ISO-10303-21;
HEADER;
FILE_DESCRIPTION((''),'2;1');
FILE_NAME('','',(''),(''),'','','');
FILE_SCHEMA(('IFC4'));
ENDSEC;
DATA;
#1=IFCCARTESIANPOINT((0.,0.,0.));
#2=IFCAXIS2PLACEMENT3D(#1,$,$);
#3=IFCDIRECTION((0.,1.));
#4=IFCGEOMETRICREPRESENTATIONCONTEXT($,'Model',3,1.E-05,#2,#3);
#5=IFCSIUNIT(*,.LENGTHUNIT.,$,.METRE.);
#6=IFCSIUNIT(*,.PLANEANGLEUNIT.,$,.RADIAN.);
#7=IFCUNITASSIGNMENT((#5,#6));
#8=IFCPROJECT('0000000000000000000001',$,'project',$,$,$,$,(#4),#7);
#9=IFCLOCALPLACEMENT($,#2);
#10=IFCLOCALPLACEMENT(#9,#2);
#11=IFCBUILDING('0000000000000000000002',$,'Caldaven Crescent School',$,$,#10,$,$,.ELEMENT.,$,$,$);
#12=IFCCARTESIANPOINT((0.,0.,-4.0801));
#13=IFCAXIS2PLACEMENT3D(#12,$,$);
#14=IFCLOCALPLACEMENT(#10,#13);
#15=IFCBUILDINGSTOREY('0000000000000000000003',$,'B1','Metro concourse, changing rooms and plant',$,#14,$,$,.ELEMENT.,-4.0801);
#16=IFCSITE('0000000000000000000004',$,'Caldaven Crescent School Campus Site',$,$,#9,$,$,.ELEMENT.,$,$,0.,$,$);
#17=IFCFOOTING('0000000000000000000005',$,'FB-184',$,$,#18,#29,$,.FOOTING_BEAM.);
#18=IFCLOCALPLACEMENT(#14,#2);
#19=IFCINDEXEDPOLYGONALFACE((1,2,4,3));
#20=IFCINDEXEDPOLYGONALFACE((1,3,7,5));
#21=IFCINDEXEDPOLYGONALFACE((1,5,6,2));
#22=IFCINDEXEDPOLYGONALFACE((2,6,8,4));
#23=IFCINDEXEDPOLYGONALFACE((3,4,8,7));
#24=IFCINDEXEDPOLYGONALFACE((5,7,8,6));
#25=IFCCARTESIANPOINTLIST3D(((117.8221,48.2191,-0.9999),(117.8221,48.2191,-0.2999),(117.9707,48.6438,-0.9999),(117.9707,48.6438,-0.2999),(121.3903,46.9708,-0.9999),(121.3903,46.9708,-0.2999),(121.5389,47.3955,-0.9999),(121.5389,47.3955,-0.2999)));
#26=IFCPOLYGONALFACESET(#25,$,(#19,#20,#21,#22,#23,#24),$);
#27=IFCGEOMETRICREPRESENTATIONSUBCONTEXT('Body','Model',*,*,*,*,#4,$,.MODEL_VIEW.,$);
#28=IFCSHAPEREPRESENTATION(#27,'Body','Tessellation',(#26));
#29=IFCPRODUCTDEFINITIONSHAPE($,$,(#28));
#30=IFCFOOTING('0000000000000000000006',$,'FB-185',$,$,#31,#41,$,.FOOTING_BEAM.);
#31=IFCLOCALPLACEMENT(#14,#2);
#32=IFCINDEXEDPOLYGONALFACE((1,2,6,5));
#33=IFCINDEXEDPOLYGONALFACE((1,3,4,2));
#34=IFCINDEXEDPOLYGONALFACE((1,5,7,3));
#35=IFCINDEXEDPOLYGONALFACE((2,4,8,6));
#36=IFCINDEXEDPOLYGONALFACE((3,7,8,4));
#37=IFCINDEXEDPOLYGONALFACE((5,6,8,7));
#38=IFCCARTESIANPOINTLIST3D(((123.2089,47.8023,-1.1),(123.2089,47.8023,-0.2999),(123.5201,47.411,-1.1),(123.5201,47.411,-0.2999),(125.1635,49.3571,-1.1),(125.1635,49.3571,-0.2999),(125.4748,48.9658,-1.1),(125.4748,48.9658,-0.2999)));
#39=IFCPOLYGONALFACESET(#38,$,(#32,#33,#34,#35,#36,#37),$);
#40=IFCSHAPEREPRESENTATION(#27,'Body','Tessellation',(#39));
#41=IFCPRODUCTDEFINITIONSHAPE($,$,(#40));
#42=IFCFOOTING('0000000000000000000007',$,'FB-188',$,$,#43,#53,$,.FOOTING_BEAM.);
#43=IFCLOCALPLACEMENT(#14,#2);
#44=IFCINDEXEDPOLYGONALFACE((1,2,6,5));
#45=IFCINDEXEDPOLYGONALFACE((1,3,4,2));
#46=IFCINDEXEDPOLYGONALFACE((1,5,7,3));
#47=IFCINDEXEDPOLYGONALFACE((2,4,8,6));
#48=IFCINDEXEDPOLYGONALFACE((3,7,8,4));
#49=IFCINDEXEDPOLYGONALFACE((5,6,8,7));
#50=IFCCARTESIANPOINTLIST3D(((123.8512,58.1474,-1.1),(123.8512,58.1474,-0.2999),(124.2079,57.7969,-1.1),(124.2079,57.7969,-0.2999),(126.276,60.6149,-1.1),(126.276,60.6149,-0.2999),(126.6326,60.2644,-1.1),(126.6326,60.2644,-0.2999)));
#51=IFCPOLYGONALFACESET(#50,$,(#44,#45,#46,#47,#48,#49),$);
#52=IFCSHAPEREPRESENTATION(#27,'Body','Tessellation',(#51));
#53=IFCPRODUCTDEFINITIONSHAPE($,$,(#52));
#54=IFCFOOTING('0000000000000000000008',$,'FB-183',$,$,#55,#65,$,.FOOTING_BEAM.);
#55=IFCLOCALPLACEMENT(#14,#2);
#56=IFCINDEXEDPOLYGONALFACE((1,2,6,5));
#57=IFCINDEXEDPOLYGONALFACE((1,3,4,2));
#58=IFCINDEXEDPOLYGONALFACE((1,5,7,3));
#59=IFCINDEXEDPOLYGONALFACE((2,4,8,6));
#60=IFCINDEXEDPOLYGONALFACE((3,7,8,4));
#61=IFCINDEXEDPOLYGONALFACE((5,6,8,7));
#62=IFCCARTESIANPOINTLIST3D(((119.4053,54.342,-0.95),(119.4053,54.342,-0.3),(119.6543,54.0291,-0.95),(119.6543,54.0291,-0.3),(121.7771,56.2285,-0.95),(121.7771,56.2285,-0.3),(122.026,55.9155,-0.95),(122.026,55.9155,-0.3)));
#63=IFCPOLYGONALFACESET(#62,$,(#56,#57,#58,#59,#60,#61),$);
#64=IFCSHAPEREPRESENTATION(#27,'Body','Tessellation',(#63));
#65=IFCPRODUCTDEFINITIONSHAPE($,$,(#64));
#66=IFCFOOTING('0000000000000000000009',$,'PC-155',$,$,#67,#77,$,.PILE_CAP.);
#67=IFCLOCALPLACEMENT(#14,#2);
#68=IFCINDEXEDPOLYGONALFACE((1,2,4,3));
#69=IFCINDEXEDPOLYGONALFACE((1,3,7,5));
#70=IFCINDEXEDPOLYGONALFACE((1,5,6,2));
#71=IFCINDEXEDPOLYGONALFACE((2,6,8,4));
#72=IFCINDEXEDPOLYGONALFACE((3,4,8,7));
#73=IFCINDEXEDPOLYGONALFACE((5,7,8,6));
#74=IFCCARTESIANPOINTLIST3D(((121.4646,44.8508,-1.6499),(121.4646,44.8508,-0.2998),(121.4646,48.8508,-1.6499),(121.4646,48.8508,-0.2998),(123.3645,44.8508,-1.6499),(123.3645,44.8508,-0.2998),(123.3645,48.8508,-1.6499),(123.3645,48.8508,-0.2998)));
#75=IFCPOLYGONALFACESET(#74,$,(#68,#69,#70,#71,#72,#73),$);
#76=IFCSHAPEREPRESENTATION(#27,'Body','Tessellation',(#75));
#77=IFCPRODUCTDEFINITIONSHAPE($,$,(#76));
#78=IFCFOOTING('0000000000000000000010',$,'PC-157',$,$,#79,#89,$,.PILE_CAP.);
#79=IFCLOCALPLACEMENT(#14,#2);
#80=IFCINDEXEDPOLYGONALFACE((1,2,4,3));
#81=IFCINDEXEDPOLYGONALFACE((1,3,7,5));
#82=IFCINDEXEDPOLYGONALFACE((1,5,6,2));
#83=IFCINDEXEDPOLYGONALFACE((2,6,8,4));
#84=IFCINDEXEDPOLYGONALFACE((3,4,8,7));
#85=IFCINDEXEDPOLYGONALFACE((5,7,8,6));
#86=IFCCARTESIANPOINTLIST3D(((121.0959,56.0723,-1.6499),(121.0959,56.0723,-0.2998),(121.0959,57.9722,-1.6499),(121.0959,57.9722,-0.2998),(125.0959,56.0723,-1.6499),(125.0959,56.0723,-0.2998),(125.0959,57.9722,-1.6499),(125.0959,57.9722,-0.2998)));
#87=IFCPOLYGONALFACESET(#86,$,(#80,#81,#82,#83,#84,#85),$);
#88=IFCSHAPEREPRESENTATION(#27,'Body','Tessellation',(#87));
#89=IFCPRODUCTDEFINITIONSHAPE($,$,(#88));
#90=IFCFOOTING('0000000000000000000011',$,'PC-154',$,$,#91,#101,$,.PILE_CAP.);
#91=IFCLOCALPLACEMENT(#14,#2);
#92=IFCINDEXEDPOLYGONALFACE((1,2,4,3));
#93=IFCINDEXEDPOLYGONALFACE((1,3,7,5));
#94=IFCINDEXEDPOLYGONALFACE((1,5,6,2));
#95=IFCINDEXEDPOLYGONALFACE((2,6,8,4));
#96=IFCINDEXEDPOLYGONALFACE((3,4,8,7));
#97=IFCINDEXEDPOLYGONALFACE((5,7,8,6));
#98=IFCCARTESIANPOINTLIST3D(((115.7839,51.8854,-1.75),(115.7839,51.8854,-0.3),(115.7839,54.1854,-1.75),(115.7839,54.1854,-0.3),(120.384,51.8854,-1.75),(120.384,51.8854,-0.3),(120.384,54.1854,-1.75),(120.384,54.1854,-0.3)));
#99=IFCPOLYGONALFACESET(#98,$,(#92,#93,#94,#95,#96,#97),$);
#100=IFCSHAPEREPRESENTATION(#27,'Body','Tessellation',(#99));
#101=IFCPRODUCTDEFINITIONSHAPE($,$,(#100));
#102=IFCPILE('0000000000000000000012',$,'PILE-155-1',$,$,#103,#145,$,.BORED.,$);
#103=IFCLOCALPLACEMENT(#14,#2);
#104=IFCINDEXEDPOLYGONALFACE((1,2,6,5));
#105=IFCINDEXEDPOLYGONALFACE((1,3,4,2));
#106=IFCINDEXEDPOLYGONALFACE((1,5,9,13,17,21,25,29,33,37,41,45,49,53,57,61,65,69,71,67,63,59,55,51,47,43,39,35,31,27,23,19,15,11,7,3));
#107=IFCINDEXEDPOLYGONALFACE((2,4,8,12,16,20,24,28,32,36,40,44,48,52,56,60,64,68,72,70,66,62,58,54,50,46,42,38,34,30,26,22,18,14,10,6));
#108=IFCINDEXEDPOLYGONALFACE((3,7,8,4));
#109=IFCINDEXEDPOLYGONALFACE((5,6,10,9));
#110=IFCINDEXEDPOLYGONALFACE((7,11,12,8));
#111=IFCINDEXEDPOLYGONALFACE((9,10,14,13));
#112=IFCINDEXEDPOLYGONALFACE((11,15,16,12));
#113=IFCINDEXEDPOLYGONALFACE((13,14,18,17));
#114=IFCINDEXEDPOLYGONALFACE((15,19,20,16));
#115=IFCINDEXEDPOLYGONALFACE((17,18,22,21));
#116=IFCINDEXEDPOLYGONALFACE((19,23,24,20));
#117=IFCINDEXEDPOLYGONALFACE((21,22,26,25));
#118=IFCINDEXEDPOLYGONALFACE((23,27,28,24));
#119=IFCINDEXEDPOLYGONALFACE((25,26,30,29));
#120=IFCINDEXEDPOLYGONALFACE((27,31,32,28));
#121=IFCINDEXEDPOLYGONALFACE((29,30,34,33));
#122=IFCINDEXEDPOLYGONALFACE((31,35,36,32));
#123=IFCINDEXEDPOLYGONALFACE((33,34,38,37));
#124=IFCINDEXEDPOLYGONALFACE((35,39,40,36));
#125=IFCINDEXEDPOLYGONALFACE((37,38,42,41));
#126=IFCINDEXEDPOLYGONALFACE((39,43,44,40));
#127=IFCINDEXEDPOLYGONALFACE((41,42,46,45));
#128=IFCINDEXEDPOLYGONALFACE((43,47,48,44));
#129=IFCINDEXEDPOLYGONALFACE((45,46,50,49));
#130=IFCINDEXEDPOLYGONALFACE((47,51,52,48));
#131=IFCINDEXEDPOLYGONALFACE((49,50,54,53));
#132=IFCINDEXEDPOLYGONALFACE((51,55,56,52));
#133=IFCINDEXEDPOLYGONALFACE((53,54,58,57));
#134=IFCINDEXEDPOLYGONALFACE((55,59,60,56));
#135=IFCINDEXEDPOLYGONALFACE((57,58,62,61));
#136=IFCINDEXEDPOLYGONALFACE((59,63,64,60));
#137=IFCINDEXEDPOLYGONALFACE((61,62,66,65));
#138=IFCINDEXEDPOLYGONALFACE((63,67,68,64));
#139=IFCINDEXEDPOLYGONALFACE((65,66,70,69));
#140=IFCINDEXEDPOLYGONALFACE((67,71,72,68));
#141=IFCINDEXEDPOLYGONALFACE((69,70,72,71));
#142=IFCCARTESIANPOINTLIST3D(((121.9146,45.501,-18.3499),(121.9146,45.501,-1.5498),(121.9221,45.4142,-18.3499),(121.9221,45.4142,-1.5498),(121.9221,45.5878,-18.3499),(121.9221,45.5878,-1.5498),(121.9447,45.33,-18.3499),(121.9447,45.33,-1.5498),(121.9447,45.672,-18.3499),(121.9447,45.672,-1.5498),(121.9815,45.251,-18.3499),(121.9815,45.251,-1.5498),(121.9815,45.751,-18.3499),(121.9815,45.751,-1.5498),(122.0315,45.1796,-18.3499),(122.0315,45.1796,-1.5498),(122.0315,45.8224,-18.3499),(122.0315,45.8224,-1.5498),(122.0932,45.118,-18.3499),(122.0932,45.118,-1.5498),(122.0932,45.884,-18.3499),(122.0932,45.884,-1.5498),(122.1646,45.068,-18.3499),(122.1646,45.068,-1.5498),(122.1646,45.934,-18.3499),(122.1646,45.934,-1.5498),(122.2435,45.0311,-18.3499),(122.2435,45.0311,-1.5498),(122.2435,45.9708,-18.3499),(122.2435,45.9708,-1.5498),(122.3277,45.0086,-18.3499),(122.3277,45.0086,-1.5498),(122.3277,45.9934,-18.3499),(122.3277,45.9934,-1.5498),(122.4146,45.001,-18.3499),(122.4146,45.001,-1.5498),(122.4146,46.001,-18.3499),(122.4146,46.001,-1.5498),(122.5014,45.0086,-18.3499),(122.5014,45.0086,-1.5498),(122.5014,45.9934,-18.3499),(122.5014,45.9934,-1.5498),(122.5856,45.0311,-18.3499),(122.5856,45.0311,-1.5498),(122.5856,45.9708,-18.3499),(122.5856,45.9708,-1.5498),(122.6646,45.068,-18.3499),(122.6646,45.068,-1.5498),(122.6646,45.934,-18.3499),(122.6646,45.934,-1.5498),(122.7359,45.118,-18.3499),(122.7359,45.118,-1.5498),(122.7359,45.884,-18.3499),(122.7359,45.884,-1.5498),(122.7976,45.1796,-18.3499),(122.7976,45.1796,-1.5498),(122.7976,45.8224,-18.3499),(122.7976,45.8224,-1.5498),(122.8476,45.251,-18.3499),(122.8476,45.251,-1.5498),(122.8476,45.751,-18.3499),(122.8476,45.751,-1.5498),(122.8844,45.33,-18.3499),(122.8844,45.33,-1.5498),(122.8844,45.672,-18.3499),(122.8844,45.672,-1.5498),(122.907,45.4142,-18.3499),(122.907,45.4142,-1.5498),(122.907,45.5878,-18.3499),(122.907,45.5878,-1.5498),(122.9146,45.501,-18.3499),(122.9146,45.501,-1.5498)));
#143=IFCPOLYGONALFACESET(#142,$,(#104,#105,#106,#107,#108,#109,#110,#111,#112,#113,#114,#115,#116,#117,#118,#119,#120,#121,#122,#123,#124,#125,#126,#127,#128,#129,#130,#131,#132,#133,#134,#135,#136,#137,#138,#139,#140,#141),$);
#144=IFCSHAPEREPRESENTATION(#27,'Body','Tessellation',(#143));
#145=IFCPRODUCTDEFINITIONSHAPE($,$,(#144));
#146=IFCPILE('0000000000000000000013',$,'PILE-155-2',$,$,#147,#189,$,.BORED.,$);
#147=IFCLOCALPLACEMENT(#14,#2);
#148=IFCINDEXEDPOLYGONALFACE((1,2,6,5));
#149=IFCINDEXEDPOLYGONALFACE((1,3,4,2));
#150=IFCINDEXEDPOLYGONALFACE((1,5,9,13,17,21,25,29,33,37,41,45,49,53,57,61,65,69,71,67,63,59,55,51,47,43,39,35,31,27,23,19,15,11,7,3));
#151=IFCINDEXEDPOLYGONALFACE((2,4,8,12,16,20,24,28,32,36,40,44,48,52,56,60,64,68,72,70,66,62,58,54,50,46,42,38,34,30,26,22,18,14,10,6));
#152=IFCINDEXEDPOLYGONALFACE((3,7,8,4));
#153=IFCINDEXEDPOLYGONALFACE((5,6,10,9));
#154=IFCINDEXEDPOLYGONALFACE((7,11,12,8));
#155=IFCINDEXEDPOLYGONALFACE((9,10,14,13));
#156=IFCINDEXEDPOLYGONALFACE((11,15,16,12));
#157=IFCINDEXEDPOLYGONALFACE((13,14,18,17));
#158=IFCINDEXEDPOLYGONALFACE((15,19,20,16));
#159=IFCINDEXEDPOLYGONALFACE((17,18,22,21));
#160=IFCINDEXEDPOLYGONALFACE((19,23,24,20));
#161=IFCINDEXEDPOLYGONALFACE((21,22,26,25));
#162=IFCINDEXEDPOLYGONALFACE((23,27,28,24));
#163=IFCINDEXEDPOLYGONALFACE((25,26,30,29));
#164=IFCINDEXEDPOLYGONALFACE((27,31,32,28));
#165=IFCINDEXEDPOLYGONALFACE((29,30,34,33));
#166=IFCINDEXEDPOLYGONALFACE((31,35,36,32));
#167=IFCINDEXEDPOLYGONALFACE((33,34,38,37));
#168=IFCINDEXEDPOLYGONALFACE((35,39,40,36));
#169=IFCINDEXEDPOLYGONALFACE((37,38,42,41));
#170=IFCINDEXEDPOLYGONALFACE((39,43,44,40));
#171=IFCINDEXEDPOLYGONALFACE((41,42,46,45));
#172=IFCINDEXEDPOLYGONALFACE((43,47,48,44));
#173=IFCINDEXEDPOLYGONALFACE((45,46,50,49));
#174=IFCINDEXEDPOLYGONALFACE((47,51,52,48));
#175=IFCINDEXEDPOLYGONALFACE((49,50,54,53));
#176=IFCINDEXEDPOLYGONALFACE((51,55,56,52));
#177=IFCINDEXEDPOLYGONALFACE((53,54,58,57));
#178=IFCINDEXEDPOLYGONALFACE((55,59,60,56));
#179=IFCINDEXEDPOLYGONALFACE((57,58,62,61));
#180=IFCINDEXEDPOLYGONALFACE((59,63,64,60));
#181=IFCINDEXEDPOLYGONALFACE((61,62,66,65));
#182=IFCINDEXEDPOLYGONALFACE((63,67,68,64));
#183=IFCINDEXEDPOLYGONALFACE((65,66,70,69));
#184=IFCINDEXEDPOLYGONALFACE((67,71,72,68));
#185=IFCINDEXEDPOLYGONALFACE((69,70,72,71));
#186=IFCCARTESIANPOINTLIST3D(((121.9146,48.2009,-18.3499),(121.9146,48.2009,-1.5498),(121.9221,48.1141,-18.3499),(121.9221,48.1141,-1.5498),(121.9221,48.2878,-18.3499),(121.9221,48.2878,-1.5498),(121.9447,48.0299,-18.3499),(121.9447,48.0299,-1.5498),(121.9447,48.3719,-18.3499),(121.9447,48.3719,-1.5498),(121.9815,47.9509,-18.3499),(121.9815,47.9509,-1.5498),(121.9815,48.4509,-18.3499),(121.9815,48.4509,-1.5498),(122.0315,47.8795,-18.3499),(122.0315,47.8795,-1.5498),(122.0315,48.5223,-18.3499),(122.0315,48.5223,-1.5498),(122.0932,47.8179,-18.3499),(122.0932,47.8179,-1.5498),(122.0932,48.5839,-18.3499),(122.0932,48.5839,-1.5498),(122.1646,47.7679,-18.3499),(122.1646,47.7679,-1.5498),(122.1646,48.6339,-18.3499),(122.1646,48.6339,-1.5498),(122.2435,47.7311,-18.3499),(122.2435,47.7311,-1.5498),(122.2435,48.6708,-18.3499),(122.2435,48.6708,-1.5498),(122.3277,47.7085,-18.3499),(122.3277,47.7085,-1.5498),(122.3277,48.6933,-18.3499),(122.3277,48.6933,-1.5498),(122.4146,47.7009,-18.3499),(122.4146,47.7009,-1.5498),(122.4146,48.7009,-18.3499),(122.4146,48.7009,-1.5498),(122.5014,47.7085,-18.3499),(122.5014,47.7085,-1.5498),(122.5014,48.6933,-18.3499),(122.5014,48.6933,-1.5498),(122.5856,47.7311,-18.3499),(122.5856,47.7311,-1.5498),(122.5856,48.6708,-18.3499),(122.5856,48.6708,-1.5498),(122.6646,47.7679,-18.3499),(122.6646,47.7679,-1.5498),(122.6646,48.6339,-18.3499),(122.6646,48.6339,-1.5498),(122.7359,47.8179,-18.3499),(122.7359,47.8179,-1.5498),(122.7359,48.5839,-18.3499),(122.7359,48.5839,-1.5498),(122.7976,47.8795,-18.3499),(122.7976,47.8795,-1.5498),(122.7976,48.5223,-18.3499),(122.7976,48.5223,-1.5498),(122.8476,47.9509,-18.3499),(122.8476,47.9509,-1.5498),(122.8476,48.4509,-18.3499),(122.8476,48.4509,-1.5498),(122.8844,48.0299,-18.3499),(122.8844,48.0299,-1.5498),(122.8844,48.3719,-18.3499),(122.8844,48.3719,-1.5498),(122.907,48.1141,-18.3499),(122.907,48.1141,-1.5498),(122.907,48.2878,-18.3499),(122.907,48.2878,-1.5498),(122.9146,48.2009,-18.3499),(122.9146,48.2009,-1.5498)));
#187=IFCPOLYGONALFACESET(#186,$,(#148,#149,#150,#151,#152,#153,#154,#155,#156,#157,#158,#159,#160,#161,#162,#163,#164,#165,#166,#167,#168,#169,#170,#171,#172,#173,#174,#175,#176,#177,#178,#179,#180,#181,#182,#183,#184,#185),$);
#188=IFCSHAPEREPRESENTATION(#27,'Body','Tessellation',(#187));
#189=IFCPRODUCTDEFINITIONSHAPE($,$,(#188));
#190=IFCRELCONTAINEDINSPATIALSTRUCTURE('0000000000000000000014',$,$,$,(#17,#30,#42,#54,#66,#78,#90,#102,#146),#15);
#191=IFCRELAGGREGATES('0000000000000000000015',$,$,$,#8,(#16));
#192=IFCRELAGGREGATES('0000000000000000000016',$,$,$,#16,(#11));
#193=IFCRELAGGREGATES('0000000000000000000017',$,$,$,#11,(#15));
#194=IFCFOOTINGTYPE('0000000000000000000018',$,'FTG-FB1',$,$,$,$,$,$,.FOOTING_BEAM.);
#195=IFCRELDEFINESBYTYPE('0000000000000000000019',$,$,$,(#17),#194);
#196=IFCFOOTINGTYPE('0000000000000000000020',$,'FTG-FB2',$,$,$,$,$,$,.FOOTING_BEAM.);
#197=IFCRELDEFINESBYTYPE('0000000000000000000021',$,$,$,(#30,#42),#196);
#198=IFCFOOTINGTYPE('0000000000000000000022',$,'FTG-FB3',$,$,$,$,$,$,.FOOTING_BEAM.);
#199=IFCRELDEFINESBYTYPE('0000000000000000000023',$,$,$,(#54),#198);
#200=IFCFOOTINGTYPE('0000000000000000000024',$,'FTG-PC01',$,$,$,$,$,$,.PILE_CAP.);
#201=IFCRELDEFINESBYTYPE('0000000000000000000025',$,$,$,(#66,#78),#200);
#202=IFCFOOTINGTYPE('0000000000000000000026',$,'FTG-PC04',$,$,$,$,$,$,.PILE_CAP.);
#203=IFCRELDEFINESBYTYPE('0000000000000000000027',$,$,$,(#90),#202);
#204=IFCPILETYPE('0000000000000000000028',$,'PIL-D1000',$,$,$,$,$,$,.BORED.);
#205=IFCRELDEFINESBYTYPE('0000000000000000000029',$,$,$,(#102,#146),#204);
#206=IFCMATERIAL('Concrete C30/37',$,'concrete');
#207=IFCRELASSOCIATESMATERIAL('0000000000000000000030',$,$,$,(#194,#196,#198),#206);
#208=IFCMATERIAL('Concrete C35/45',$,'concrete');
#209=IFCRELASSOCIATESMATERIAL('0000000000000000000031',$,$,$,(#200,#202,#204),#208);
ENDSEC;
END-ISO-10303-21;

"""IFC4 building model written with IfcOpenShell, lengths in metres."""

from ifc_helpers import new_model, si_unit, direction, frame, origin, origin_2d, place, context, subcontext, project, spatial, rectangle, circle, extrude, material, material_profile, profile_set, type_object, element, save


model = new_model("IFC4")

# Units and contexts
model_context = context("Model", 3, precision=1e-05, world=origin(), true_north=direction((0.0, 1.0)))
body_context = subcontext(model_context, "Body", "Model", "MODEL_VIEW")
ifc_project = project(units=[si_unit("LENGTHUNIT", "METRE"), si_unit("PLANEANGLEUNIT", "RADIAN")], contexts=[model_context])

# Site, building, storey
site_placement = place(None, origin())
site = spatial("IfcSite", under=ifc_project, at=site_placement, Name="Caldaven Crescent School Campus Site", CompositionType="ELEMENT", RefElevation=0.0)
building_placement = place(site_placement, origin())
building = spatial("IfcBuilding", under=site, at=building_placement, Name="Caldaven Crescent School", CompositionType="ELEMENT")
storey_placement = place(building_placement, frame((0.0, 0.0, -4.0801)))
storey = spatial("IfcBuildingStorey", under=building, at=storey_placement, Name="B1", Description="Metro concourse, changing rooms and plant", CompositionType="ELEMENT", Elevation=-4.0801)

# Footings
ifc_material_1 = material(Name="Concrete C30/37", Category="concrete")
ifc_material_profile_1 = material_profile(ifc_material_1, rectangle(XDim=0.45, YDim=0.7, at=origin_2d()), Name="FB 450x700")
ifc_profile_set_1 = profile_set([ifc_material_profile_1], Name="Concrete C30/37")
footing_type_1 = type_object("IfcFootingType", Name="FTG-FB1", PredefinedType="FOOTING_BEAM", material=ifc_profile_set_1)
footing_1_placement = place(storey_placement, frame((121.4646, 47.1831, -0.6499), z_axis=(-0.943904, 0.330221, 0.0), x_axis=(-0.330221, -0.943904, 0.0)))
element("IfcFooting", 1, at=footing_1_placement, inside=storey, type_object=footing_type_1, Name="FB-184", PredefinedType="FOOTING_BEAM", context=body_context, shape_type="SweptSolid", body=[
    extrude(rectangle(XDim=0.45, YDim=0.7, at=origin_2d()), origin(), (0.0, 0.0, 1.0), 3.7803),
])
ifc_material_profile_2 = material_profile(ifc_material_1, rectangle(XDim=0.5, YDim=0.8, at=origin_2d()), Name="FB 500x800")
ifc_profile_set_2 = profile_set([ifc_material_profile_2], Name="Concrete C30/37")
footing_type_2 = type_object("IfcFootingType", Name="FTG-FB2", PredefinedType="FOOTING_BEAM", material=ifc_profile_set_2)
footing_2_placement = place(storey_placement, frame((123.3645, 47.6067, -0.7), z_axis=(0.782621, 0.622499, 0.0), x_axis=(-0.622499, 0.782621, 0.0)))
element("IfcFooting", 2, at=footing_2_placement, inside=storey, type_object=footing_type_2, Name="FB-185", PredefinedType="FOOTING_BEAM", context=body_context, shape_type="SweptSolid", body=[
    extrude(rectangle(XDim=0.5, YDim=0.8, at=origin_2d()), origin(), (0.0, 0.0, 1.0), 2.4976),
])
footing_3_placement = place(storey_placement, frame((124.0295, 57.9722, -0.7), z_axis=(0.700905, 0.713255, 0.0), x_axis=(-0.713255, 0.700905, 0.0)))
element("IfcFooting", 3, at=footing_3_placement, inside=storey, type_object=footing_type_2, Name="FB-188", PredefinedType="FOOTING_BEAM", context=body_context, shape_type="SweptSolid", body=[
    extrude(rectangle(XDim=0.5, YDim=0.8, at=origin_2d()), origin(), (0.0, 0.0, 1.0), 3.4595),
])
ifc_material_profile_3 = material_profile(ifc_material_1, rectangle(XDim=0.3999, YDim=0.6499, at=origin_2d()), Name="FB 400x650")
ifc_profile_set_3 = profile_set([ifc_material_profile_3], Name="Concrete C30/37")
footing_type_3 = type_object("IfcFootingType", Name="FTG-FB3", PredefinedType="FOOTING_BEAM", material=ifc_profile_set_3)
footing_4_placement = place(storey_placement, frame((119.5298, 54.1855, -0.625), z_axis=(0.782634, 0.622482, 0.0), x_axis=(-0.622482, 0.782634, 0.0)))
element("IfcFooting", 4, at=footing_4_placement, inside=storey, type_object=footing_type_3, Name="FB-183", PredefinedType="FOOTING_BEAM", context=body_context, shape_type="SweptSolid", body=[
    extrude(rectangle(XDim=0.3999, YDim=0.6499, at=origin_2d()), origin(), (0.0, 0.0, 1.0), 3.0305),
])
ifc_material_2 = material(Name="Concrete C35/45", Category="concrete")
footing_type_4 = type_object("IfcFootingType", Name="FTG-PC01", PredefinedType="PILE_CAP", material=ifc_material_2)
for number, where, z_axis, x_axis, name in (
    (5, (122.4146, 46.8508, -1.6499), (0.0, 0.0, 1.0), (0.0, 1.0, 0.0), "PC-155"),
    (6, (123.0959, 57.0222, -1.6499), (0.0, 0.0, 1.0), (1.0, 0.0, 0.0), "PC-157"),
):
    element("IfcFooting", number, at=place(storey_placement, frame(where, z_axis=z_axis, x_axis=x_axis)), inside=storey, type_object=footing_type_4, Name=name, PredefinedType="PILE_CAP", context=body_context, shape_type="SweptSolid", body=[
        extrude(rectangle(XDim=4.0, YDim=1.8999, at=origin_2d()), origin(), (0.0, 0.0, 1.0), 1.3501),
    ])
footing_type_5 = type_object("IfcFootingType", Name="FTG-PC04", PredefinedType="PILE_CAP", material=ifc_material_2)
footing_5_placement = place(storey_placement, frame((118.084, 53.0354, -1.75), z_axis=(0.0, 0.0, 1.0), x_axis=(1.0, 0.0, 0.0)))
element("IfcFooting", 7, at=footing_5_placement, inside=storey, type_object=footing_type_5, Name="PC-154", PredefinedType="PILE_CAP", context=body_context, shape_type="SweptSolid", body=[
    extrude(rectangle(XDim=4.6001, YDim=2.3, at=origin_2d()), origin(), (0.0, 0.0, 1.0), 1.45),
])

# Piles
ifc_material_profile_4 = material_profile(ifc_material_2, circle(Radius=0.5, at=origin_2d()), Name="PILE D1000")
ifc_profile_set_4 = profile_set([ifc_material_profile_4], Name="Concrete C35/45")
pile_type_1 = type_object("IfcPileType", Name="PIL-D1000", PredefinedType="BORED", material=ifc_profile_set_4)
for number, where, z_axis, x_axis, name in (
    (8, (122.4146, 45.501, -1.5498), (0.0, 0.0, -1.0), (1.0, 0.0, 0.0), "PILE-155-1"),
    (9, (122.4146, 48.2009, -1.5498), (0.0, 0.0, -1.0), (1.0, 0.0, 0.0), "PILE-155-2"),
):
    element("IfcPile", number, at=place(storey_placement, frame(where, z_axis=z_axis, x_axis=x_axis)), inside=storey, type_object=pile_type_1, Name=name, PredefinedType="BORED", context=body_context, shape_type="SweptSolid", body=[
        extrude(circle(Radius=0.5, at=origin_2d()), origin(), (0.0, 0.0, 1.0), 16.8),
    ])

save(model, "model.ifc")
